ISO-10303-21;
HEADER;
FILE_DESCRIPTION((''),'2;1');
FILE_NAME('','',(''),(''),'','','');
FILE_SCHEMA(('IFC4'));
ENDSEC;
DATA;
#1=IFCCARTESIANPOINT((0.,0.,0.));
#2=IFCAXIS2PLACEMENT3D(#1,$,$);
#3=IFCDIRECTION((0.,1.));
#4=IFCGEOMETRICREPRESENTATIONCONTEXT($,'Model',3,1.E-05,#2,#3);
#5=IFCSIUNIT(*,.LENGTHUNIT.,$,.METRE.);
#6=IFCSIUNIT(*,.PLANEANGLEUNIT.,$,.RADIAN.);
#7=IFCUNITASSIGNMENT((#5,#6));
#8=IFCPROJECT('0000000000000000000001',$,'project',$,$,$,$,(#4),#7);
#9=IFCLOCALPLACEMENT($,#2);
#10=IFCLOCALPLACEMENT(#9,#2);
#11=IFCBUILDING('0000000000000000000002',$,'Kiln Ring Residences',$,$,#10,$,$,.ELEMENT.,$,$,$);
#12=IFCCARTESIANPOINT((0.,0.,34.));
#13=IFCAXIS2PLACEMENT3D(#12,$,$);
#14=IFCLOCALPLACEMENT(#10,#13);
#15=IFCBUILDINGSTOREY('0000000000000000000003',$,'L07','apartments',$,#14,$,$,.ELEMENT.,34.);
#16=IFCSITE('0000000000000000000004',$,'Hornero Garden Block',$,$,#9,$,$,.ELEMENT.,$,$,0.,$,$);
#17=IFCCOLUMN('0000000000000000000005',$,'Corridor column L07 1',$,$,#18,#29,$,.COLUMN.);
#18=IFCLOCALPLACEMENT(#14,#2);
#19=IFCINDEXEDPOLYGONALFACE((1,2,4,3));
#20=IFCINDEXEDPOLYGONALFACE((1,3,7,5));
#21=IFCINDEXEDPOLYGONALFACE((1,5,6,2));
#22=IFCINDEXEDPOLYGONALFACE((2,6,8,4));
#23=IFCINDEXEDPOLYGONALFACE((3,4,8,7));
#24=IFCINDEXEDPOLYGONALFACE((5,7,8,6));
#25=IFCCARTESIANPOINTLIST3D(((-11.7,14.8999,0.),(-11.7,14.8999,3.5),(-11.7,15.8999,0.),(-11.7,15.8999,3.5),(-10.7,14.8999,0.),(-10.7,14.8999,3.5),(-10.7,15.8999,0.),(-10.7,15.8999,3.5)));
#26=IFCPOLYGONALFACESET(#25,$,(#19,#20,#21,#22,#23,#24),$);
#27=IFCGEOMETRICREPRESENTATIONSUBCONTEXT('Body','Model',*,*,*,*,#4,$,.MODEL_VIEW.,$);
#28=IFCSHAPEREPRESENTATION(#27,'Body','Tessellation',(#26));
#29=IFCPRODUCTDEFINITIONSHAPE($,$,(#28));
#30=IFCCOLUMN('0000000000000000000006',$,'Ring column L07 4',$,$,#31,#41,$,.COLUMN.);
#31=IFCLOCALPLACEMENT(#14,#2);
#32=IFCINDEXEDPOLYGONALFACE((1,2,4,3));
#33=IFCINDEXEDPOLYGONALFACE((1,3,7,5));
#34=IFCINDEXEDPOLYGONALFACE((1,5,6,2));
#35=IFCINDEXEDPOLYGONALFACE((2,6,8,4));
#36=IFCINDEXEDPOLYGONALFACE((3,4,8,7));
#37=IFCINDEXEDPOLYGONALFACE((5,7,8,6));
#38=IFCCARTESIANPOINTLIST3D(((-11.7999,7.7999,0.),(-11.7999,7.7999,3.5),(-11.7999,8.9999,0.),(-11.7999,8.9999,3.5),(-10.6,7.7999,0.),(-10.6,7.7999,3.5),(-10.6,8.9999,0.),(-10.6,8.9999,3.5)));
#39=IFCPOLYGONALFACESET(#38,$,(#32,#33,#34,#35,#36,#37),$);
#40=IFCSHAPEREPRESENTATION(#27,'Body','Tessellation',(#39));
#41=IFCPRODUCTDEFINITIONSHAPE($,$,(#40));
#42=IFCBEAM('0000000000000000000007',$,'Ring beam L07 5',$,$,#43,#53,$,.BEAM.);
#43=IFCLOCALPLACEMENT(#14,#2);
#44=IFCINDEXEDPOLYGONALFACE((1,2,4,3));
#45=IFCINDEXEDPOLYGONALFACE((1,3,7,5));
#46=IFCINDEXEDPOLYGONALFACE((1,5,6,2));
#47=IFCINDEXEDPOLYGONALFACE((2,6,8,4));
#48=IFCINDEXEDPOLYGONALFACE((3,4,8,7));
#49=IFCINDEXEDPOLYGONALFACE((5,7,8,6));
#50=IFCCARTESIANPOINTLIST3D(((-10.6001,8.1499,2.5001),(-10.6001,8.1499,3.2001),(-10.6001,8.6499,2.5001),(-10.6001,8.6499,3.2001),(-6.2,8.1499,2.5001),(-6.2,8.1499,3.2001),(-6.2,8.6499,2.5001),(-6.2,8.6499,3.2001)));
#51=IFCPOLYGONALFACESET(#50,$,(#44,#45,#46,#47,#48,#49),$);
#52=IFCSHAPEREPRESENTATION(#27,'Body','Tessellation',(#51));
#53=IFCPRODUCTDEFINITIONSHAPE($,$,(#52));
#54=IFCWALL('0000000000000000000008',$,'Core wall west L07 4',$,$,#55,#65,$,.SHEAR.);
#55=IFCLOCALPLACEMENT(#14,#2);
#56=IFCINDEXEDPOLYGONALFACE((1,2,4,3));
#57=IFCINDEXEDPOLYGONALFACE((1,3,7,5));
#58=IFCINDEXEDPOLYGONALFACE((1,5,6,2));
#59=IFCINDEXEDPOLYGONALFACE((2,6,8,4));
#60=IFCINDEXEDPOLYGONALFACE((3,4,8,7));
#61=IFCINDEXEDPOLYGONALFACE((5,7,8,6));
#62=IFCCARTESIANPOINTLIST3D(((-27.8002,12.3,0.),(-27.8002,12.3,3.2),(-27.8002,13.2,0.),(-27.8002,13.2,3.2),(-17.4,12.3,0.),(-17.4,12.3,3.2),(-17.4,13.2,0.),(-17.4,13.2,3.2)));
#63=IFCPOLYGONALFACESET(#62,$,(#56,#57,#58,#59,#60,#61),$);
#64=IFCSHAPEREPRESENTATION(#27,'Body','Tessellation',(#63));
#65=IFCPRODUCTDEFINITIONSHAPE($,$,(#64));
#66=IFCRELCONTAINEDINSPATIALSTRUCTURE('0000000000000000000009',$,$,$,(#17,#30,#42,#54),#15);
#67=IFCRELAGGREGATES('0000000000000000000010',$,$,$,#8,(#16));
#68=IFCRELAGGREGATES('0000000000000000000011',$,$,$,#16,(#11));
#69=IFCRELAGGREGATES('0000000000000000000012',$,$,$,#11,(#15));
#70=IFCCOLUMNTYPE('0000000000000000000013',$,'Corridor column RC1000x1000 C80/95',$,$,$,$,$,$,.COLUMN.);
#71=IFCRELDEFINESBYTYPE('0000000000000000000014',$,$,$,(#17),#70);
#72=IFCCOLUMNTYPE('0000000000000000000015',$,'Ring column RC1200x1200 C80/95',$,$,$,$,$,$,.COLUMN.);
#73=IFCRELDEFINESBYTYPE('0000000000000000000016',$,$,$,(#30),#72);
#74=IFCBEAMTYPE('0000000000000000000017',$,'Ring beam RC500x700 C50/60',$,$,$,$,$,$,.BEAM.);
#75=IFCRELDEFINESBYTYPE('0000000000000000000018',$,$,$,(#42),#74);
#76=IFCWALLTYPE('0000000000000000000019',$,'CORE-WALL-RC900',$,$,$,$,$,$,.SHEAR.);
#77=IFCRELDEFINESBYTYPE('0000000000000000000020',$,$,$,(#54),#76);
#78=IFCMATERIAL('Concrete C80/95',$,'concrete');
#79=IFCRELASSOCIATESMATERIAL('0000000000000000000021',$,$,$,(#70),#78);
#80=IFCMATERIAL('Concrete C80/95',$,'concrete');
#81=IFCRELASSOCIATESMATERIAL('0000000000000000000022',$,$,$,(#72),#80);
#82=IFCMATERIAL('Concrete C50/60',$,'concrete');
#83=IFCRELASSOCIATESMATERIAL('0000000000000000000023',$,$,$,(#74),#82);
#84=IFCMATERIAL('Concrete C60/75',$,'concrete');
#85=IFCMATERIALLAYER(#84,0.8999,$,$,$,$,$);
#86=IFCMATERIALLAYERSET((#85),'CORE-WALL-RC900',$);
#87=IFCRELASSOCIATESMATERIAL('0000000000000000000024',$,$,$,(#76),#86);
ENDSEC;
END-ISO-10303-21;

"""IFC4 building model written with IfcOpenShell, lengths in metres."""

from ifc_helpers import new_model, si_unit, direction, frame, frame_2d, origin, origin_2d, place, context, subcontext, project, spatial, rectangle, extrude, material, layer, layer_set, material_profile, profile_set, type_object, element, save


model = new_model("IFC4")

# Units and contexts
model_context = context("Model", 3, precision=1e-05, world=origin(), true_north=direction((0.0, 1.0)))
body_context = subcontext(model_context, "Body", "Model", "MODEL_VIEW")
ifc_project = project(units=[si_unit("LENGTHUNIT", "METRE"), si_unit("PLANEANGLEUNIT", "RADIAN")], contexts=[model_context])

# Site, building, storey
site_placement = place(None, origin())
site = spatial("IfcSite", under=ifc_project, at=site_placement, Name="Hornero Garden Block", CompositionType="ELEMENT", RefElevation=0.0)
building_placement = place(site_placement, origin())
building = spatial("IfcBuilding", under=site, at=building_placement, Name="Kiln Ring Residences", CompositionType="ELEMENT")
storey_placement = place(building_placement, frame((0.0, 0.0, 34.0)))
storey = spatial("IfcBuildingStorey", under=building, at=storey_placement, Name="L07", Description="apartments", CompositionType="ELEMENT", Elevation=34.0)

# Columns
ifc_material_1 = material(Name="Concrete C80/95", Category="concrete")
ifc_material_profile_1 = material_profile(ifc_material_1, rectangle(XDim=1.0, YDim=1.0, at=origin_2d()), Name="RC1000x1000")
ifc_profile_set_1 = profile_set([ifc_material_profile_1], Name="Concrete C80/95")
column_type_1 = type_object("IfcColumnType", Name="Corridor column RC1000x1000 C80/95", PredefinedType="COLUMN", material=ifc_profile_set_1)
column_1_placement = place(storey_placement, frame((-11.2, 15.3999, 0.0), z_axis=(0.0, 0.0, 1.0), x_axis=(1.0, 0.0, 0.0)))
element("IfcColumn", 1, at=column_1_placement, inside=storey, type_object=column_type_1, Name="Corridor column L07 1", PredefinedType="COLUMN", context=body_context, shape_type="SweptSolid", body=[
    extrude(rectangle(XDim=1.0, YDim=1.0, at=origin_2d()), origin(), (0.0, 0.0, 1.0), 3.5),
])
ifc_material_2 = material(Name="Concrete C80/95", Category="concrete")
ifc_material_profile_2 = material_profile(ifc_material_2, rectangle(XDim=1.2, YDim=1.2, at=origin_2d()), Name="RC1200x1200")
ifc_profile_set_2 = profile_set([ifc_material_profile_2], Name="Concrete C80/95")
column_type_2 = type_object("IfcColumnType", Name="Ring column RC1200x1200 C80/95", PredefinedType="COLUMN", material=ifc_profile_set_2)
column_2_placement = place(storey_placement, frame((-11.2, 8.3999, 0.0), z_axis=(0.0, 0.0, 1.0), x_axis=(1.0, 0.0, 0.0)))
element("IfcColumn", 2, at=column_2_placement, inside=storey, type_object=column_type_2, Name="Ring column L07 4", PredefinedType="COLUMN", context=body_context, shape_type="SweptSolid", body=[
    extrude(rectangle(XDim=1.2, YDim=1.2, at=origin_2d()), origin(), (0.0, 0.0, 1.0), 3.5),
])

# Beam
ifc_material_3 = material(Name="Concrete C50/60", Category="concrete")
ifc_material_profile_3 = material_profile(ifc_material_3, rectangle(XDim=0.5, YDim=0.7, at=origin_2d()), Name="RC500x700")
ifc_profile_set_3 = profile_set([ifc_material_profile_3], Name="Concrete C50/60")
beam_type = type_object("IfcBeamType", Name="Ring beam RC500x700 C50/60", PredefinedType="BEAM", material=ifc_profile_set_3)
beam_placement = place(storey_placement, frame((-10.6001, 8.3999, 2.8501), z_axis=(1.0, 0.0, 0.0), x_axis=(0.0, 1.0, 0.0)))
element("IfcBeam", 3, at=beam_placement, inside=storey, type_object=beam_type, Name="Ring beam L07 5", PredefinedType="BEAM", context=body_context, shape_type="SweptSolid", body=[
    extrude(rectangle(XDim=0.5, YDim=0.7, at=origin_2d()), origin(), (0.0, 0.0, 1.0), 4.4001),
])

# Wall
ifc_material_4 = material(Name="Concrete C60/75", Category="concrete")
ifc_layer_1 = layer(ifc_material_4, 0.8999)
ifc_layer_set_1 = layer_set([ifc_layer_1], Name="CORE-WALL-RC900")
wall_type_1 = type_object("IfcWallType", Name="CORE-WALL-RC900", PredefinedType="SHEAR", material=ifc_layer_set_1)
wall_1_placement = place(storey_placement, frame((-17.3999, 12.75, 0.0), z_axis=(0.0, 0.0, 1.0), x_axis=(-1.0, 0.0, 0.0)))
element("IfcWall", 4, at=wall_1_placement, inside=storey, type_object=wall_type_1, Name="Core wall west L07 4", PredefinedType="SHEAR", context=body_context, shape_type="SweptSolid", body=[
    extrude(rectangle(XDim=10.4001, YDim=0.8999, at=frame_2d((5.2002, 0.0))), origin(), (0.0, 0.0, 1.0), 3.2),
])

save(model, "model.ifc")
